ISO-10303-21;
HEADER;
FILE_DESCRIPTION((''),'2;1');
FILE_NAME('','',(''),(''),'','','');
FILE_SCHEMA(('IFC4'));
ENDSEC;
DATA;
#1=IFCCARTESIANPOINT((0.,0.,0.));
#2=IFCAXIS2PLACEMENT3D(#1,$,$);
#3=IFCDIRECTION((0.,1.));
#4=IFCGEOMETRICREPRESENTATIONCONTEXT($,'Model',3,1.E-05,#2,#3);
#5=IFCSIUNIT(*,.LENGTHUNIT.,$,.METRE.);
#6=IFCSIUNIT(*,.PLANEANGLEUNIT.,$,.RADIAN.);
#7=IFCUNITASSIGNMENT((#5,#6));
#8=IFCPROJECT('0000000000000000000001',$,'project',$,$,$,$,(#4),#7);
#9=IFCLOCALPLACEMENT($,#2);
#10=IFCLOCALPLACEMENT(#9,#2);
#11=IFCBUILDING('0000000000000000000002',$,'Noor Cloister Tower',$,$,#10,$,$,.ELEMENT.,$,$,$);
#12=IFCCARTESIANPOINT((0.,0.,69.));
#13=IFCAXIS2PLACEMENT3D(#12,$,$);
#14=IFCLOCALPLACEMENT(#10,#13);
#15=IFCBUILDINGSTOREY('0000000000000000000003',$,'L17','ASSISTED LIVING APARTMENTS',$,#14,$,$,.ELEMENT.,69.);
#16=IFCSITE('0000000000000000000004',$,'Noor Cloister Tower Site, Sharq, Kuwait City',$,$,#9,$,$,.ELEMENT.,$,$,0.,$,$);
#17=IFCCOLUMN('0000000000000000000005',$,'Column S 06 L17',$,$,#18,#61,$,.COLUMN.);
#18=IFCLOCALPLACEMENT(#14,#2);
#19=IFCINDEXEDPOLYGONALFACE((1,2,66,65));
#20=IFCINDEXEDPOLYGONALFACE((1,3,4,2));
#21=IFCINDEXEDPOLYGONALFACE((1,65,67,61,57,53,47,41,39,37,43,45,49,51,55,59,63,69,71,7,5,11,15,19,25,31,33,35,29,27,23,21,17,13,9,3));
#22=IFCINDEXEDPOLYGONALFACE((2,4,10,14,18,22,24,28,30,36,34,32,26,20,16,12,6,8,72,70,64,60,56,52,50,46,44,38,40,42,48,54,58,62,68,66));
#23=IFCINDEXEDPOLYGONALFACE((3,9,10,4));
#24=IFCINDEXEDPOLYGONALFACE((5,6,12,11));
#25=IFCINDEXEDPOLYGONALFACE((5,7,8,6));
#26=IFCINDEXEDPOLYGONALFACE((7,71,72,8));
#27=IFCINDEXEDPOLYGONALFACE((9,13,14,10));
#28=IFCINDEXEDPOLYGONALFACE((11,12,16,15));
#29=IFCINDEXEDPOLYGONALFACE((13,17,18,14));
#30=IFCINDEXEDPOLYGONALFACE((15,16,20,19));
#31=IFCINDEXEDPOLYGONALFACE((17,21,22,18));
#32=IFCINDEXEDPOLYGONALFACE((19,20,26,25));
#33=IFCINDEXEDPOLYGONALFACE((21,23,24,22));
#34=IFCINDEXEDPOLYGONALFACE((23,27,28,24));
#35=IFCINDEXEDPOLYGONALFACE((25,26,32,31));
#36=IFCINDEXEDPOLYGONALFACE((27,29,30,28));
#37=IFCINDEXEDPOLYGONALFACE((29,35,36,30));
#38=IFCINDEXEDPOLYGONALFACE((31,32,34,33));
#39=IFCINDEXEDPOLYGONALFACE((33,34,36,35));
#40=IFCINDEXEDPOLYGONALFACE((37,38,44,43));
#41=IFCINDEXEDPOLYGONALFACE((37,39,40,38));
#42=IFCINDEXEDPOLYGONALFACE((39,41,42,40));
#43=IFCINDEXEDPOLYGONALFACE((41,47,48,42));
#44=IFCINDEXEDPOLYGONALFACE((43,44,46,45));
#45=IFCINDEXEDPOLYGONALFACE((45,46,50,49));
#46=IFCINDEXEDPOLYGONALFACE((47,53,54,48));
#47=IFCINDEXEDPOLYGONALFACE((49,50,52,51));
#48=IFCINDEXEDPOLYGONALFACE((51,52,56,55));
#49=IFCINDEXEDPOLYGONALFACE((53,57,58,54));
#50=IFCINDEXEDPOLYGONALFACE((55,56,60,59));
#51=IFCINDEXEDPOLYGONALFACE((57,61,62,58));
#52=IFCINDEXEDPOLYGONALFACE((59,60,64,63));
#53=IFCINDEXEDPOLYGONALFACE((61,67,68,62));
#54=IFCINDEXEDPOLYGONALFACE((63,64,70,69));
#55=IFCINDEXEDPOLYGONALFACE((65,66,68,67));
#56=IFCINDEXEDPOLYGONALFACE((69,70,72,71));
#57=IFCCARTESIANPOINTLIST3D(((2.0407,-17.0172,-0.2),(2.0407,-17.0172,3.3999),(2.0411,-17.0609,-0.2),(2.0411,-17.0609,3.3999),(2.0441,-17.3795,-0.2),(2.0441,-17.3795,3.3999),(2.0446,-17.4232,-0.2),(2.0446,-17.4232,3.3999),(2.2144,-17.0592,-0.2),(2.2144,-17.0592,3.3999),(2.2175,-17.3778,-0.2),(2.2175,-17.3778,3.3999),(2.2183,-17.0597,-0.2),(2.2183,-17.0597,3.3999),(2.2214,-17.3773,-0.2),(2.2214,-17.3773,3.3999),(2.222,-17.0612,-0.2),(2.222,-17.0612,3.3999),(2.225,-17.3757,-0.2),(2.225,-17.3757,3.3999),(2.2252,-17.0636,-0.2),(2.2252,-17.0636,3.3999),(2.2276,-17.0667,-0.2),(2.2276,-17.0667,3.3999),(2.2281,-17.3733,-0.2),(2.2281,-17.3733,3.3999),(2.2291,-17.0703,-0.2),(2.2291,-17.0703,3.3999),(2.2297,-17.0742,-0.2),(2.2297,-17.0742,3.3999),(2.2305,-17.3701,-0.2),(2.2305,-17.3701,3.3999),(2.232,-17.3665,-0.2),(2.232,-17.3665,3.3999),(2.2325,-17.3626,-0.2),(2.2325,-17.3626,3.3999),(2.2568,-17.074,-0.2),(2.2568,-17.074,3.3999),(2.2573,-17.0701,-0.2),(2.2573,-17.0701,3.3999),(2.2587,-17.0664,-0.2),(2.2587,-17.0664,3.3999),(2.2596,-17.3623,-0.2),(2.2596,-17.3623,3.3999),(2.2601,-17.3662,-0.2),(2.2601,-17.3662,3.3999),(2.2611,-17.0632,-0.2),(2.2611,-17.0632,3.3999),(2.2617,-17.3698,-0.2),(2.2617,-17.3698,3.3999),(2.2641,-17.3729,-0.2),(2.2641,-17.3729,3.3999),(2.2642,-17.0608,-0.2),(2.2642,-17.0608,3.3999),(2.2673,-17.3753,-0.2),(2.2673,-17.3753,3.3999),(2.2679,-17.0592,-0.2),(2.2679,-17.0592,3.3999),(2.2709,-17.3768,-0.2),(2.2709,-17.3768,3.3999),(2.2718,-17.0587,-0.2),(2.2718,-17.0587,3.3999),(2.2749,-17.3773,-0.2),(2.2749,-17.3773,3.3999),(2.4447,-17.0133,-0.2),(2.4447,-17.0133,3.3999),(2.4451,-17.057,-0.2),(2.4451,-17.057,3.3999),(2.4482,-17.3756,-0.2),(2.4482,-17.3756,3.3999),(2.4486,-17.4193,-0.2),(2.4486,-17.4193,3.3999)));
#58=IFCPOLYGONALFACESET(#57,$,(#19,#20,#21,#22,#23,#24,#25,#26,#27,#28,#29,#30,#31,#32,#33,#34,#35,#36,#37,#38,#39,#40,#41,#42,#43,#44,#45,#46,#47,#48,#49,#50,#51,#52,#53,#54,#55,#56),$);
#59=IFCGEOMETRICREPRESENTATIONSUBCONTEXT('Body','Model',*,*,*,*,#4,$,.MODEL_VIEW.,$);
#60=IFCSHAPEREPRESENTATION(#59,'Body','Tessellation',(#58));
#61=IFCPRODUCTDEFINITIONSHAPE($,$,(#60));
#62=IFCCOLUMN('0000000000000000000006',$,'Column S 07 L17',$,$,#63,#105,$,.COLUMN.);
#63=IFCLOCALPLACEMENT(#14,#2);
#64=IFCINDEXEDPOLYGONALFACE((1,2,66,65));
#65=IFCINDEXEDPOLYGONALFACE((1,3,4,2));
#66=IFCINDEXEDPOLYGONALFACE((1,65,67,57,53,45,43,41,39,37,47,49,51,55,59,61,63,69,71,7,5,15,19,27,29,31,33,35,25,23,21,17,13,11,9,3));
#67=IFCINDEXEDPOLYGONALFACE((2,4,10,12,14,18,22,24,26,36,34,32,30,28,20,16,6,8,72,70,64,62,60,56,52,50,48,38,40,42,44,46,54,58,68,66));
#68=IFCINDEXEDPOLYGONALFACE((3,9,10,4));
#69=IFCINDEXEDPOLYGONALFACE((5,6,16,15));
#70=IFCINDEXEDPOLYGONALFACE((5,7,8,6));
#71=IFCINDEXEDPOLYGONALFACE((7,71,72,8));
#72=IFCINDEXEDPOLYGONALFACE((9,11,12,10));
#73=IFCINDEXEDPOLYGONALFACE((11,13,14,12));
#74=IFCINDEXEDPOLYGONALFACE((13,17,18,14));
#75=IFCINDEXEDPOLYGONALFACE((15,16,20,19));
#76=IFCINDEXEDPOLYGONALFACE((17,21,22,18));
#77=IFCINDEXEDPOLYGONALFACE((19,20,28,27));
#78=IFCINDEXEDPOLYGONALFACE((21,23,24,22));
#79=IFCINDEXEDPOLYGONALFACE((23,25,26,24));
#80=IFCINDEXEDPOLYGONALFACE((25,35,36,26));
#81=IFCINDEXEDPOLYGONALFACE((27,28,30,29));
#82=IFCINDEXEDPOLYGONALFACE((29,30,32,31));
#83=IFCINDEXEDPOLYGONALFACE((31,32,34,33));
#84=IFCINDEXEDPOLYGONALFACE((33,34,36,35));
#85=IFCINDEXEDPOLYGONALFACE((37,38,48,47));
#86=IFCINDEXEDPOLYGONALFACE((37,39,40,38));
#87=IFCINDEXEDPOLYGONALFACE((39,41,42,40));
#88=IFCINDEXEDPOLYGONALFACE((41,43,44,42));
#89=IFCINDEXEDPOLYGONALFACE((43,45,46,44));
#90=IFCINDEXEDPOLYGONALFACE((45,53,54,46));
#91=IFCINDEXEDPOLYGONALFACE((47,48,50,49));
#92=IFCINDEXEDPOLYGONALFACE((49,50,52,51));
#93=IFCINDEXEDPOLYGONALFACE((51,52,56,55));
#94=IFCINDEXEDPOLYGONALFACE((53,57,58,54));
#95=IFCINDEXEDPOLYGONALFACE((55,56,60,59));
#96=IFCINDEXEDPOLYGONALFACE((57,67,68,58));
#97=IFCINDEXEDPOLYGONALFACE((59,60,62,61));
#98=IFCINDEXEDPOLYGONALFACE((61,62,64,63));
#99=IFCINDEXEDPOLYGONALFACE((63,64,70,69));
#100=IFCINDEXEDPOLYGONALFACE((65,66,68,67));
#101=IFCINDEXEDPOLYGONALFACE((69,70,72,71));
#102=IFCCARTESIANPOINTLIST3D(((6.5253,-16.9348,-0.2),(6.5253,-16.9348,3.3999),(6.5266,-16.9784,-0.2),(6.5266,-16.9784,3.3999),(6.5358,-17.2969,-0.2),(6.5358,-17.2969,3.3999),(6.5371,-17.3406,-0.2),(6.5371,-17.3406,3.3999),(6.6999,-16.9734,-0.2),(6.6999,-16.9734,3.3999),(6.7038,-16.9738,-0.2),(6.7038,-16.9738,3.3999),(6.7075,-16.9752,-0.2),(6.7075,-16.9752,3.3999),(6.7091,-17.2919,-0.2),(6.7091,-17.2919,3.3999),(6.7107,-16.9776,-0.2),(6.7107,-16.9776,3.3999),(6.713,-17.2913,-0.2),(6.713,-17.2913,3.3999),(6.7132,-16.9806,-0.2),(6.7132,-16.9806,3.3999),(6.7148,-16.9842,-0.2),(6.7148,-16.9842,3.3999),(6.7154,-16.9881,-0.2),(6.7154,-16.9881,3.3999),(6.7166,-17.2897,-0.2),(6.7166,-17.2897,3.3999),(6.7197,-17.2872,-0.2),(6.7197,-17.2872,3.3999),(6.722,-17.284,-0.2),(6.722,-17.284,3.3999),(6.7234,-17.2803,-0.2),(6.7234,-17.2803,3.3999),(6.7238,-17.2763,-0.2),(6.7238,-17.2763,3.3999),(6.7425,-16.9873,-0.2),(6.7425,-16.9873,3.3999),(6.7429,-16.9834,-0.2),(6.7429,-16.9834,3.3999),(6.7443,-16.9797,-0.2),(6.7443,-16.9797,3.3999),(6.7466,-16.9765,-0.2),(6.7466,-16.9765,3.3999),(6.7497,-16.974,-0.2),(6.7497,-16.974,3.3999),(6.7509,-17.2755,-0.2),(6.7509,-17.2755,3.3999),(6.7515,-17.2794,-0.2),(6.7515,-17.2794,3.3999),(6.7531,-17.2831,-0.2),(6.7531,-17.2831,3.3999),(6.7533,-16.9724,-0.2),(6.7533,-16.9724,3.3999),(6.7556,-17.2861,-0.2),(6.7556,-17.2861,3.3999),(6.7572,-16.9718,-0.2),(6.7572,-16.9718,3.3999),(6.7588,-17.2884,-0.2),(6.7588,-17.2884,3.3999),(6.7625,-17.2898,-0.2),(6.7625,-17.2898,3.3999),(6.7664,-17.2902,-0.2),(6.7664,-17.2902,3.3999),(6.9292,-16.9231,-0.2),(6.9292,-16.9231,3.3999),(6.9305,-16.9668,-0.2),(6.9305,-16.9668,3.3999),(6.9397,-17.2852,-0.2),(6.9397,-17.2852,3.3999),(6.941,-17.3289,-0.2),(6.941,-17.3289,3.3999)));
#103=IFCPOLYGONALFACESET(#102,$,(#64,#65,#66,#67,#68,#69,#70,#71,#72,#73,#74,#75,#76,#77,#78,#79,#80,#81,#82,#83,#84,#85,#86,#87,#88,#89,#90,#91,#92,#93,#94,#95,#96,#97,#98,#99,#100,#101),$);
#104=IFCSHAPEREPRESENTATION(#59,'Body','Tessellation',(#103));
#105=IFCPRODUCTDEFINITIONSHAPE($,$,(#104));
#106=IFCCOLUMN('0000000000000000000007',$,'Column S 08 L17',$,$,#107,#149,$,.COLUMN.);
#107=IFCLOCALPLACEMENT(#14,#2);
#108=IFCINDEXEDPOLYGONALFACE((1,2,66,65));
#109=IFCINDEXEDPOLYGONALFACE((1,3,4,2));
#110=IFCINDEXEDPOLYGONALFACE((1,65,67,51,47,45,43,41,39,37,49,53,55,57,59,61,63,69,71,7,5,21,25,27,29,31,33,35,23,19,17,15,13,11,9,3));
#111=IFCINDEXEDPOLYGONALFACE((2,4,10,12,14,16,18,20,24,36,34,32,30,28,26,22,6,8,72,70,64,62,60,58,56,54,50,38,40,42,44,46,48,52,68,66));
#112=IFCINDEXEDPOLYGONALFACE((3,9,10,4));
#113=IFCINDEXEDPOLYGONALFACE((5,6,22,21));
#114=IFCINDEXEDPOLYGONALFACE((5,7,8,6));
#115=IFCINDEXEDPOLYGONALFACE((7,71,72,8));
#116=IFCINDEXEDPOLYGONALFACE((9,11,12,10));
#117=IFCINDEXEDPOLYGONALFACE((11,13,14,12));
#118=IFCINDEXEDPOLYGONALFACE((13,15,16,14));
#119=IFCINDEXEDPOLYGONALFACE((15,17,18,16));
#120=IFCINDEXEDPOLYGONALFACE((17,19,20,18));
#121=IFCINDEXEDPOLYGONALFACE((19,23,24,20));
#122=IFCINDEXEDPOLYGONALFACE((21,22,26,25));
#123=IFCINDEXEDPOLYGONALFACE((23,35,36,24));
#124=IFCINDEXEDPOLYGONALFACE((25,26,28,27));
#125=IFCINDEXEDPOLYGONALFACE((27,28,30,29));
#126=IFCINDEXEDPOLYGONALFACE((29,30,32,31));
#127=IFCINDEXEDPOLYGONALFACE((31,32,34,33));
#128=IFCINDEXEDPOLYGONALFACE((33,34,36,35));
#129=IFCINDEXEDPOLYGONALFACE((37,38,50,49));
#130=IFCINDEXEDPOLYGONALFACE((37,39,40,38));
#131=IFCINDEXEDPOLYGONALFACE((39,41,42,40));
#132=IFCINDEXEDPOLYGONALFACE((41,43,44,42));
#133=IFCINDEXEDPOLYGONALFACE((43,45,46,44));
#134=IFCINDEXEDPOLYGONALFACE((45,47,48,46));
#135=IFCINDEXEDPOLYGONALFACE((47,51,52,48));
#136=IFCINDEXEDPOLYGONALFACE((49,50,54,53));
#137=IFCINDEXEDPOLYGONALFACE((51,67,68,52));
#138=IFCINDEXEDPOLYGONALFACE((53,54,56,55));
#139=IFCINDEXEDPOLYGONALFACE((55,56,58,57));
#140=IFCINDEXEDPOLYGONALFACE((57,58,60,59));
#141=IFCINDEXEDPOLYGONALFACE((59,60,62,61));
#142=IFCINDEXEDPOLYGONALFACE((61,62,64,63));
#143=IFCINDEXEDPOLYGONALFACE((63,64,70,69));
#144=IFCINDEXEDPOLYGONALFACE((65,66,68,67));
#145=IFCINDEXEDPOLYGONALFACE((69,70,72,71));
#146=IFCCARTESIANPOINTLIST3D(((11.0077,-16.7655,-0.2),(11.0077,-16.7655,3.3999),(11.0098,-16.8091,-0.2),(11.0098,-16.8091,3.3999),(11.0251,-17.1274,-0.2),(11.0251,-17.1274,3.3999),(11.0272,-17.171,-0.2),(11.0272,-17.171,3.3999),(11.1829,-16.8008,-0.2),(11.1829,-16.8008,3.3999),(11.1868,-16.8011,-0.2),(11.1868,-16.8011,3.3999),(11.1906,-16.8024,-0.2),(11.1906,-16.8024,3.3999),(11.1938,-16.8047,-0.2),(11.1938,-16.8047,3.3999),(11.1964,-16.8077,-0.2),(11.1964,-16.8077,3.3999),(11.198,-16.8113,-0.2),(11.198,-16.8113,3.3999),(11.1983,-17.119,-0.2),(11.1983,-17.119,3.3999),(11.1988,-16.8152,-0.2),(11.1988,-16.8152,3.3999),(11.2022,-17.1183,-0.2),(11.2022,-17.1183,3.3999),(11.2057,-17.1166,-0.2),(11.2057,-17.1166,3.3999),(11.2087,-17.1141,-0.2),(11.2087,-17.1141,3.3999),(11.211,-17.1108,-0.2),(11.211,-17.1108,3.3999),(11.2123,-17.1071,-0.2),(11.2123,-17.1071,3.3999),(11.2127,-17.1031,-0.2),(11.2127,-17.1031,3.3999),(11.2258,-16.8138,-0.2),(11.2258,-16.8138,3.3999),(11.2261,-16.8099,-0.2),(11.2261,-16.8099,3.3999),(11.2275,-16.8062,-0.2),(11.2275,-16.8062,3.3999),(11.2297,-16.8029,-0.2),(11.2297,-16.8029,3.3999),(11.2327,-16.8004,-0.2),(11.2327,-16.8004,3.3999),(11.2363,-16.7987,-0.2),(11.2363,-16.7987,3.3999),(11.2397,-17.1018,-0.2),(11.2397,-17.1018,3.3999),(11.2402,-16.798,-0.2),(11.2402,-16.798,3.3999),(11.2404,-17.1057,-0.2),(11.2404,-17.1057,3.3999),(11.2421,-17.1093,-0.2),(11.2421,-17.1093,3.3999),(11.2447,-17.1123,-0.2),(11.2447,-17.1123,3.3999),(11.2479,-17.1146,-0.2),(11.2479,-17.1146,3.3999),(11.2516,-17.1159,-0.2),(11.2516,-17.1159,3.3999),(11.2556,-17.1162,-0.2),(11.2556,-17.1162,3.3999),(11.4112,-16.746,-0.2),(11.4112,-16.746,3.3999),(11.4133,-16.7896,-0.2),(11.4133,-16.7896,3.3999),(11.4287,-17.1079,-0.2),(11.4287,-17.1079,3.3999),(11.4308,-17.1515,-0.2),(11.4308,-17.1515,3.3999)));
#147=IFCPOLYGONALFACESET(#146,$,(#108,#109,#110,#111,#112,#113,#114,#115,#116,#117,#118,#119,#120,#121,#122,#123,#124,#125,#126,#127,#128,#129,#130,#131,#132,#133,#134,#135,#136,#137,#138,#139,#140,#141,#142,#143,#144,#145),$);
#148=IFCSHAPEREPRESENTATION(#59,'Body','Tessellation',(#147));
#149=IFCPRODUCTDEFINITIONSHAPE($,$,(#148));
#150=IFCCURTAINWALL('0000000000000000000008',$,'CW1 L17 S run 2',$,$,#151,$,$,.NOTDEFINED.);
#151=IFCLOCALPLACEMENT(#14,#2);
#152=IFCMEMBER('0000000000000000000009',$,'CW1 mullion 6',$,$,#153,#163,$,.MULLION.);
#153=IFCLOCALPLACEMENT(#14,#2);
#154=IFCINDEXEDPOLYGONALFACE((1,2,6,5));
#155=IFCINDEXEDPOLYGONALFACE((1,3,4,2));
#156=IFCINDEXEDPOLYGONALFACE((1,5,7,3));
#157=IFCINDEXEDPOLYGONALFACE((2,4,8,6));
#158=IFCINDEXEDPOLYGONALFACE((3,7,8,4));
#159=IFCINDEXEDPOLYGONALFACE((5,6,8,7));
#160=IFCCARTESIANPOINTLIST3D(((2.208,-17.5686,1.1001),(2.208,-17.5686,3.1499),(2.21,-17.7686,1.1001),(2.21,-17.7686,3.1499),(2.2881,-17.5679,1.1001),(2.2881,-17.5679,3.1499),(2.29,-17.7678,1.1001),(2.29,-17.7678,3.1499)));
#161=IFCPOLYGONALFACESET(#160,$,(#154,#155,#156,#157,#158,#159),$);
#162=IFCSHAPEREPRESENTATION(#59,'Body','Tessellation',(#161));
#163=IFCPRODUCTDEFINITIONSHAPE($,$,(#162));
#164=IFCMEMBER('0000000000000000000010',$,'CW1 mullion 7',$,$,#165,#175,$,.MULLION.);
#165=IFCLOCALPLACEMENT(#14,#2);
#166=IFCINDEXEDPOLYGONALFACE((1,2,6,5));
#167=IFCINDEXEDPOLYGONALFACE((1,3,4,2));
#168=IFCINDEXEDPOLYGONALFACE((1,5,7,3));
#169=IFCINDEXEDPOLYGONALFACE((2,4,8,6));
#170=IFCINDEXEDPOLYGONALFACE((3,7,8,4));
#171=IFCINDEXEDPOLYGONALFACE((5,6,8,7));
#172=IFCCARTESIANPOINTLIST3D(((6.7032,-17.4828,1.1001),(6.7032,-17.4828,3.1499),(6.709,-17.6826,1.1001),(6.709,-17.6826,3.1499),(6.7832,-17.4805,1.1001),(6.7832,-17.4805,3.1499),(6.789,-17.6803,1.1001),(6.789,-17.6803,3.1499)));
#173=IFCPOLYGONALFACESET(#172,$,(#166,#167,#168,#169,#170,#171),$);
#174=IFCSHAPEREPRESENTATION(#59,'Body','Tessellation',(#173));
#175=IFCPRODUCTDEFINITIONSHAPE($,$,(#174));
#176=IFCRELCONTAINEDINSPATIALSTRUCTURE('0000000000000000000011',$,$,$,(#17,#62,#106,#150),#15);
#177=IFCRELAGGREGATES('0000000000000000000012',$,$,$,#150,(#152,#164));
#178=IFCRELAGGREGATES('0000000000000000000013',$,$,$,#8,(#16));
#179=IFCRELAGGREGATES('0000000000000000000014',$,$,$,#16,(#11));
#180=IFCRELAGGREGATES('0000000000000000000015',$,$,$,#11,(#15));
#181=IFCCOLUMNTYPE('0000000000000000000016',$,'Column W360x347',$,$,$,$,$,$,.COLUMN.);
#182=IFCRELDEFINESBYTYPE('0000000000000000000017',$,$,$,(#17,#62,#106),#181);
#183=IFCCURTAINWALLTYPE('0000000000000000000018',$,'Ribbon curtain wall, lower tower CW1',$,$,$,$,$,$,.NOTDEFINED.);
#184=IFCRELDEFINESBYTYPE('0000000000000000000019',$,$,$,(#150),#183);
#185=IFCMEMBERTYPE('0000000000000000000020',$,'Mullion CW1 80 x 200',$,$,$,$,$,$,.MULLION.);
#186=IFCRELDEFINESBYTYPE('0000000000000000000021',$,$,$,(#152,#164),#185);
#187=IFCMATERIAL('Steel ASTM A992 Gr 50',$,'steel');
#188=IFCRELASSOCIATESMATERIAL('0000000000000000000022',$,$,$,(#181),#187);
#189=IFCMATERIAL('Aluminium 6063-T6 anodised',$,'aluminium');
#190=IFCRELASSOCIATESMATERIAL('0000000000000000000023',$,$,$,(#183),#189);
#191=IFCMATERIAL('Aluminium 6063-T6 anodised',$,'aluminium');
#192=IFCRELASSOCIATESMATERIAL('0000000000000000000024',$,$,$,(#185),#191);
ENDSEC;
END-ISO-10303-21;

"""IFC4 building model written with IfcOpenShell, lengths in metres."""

from ifc_helpers import new_model, si_unit, direction, frame, origin, origin_2d, place, context, subcontext, project, spatial, rectangle, i_section, extrude, material, material_profile, profile_set, type_object, element, aggregate, save


model = new_model("IFC4")

# Units and contexts
model_context = context("Model", 3, precision=1e-05, world=origin(), true_north=direction((0.0, 1.0)))
body_context = subcontext(model_context, "Body", "Model", "MODEL_VIEW")
ifc_project = project(units=[si_unit("LENGTHUNIT", "METRE"), si_unit("PLANEANGLEUNIT", "RADIAN")], contexts=[model_context])

# Site, building, storey
site_placement = place(None, origin())
site = spatial("IfcSite", under=ifc_project, at=site_placement, Name="Noor Cloister Tower Site, Sharq, Kuwait City", CompositionType="ELEMENT", RefElevation=0.0)
building_placement = place(site_placement, origin())
building = spatial("IfcBuilding", under=site, at=building_placement, Name="Noor Cloister Tower", CompositionType="ELEMENT")
storey_placement = place(building_placement, frame((0.0, 0.0, 69.0)))
storey = spatial("IfcBuildingStorey", under=building, at=storey_placement, Name="L17", Description="ASSISTED LIVING APARTMENTS", CompositionType="ELEMENT", Elevation=69.0)

# Columns
ifc_material_1 = material(Name="Steel ASTM A992 Gr 50", Category="steel")
ifc_material_profile_1 = material_profile(ifc_material_1, i_section(OverallWidth=0.4041, OverallDepth=0.406, WebThickness=0.0271, FlangeThickness=0.0437, FilletRadius=0.0151, at=origin_2d()), Name="W360x347")
ifc_profile_set_1 = profile_set([ifc_material_profile_1], Name="Steel ASTM A992 Gr 50")
column_type = type_object("IfcColumnType", Name="Column W360x347", PredefinedType="COLUMN", material=ifc_profile_set_1)
for number, where, z_axis, x_axis, name in (
    (1, (2.2446, -17.2183, -0.2), (0.0, 0.0, 1.0), (0.999953, 0.009646, 0.0), "Column S 06 L17"),
    (2, (6.7332, -17.1318, -0.2), (0.0, 0.0, 1.0), (0.999581, 0.028934, 0.0), "Column S 07 L17"),
    (3, (11.2192, -16.9585, -0.2), (0.0, 0.0, 1.0), (0.998837, 0.048212, 0.0), "Column S 08 L17"),
):
    element("IfcColumn", number, at=place(storey_placement, frame(where, z_axis=z_axis, x_axis=x_axis)), inside=storey, type_object=column_type, Name=name, PredefinedType="COLUMN", context=body_context, shape_type="SweptSolid", body=[
        extrude(i_section(OverallWidth=0.4041, OverallDepth=0.406, WebThickness=0.0271, FlangeThickness=0.0437, FilletRadius=0.0151, at=origin_2d()), origin(), (0.0, 0.0, 1.0), 3.5999),
    ])

# Curtain wall, members
ifc_material_2 = material(Name="Aluminium 6063-T6 anodised", Category="aluminium")
curtain_wall_type = type_object("IfcCurtainWallType", Name="Ribbon curtain wall, lower tower CW1", PredefinedType="NOTDEFINED", material=ifc_material_2)
curtain_wall_placement = place(storey_placement, origin())
curtain_wall = element("IfcCurtainWall", 4, at=curtain_wall_placement, inside=storey, type_object=curtain_wall_type, Name="CW1 L17 S run 2", PredefinedType="NOTDEFINED")
ifc_material_3 = material(Name="Aluminium 6063-T6 anodised", Category="aluminium")
ifc_material_profile_2 = material_profile(ifc_material_3, rectangle(XDim=0.2, YDim=0.0801, at=origin_2d()), Name="200 x 80 mullion")
ifc_profile_set_2 = profile_set([ifc_material_profile_2], Name="Aluminium 6063-T6 anodised")
member_type = type_object("IfcMemberType", Name="Mullion CW1 80 x 200", PredefinedType="MULLION", material=ifc_profile_set_2)
member_1_placement = place(storey_placement, frame((2.249, -17.6682, 1.1001), z_axis=(0.0, 0.0, 1.0), x_axis=(-0.009646, 0.999953, 0.0)))
member_1 = element("IfcMember", 5, at=member_1_placement, type_object=member_type, Name="CW1 mullion 6", PredefinedType="MULLION", context=body_context, shape_type="SweptSolid", body=[
    extrude(rectangle(XDim=0.2, YDim=0.0801, at=origin_2d()), origin(), (0.0, 0.0, 1.0), 2.0498),
])
member_2_placement = place(storey_placement, frame((6.7461, -17.5815, 1.1001), z_axis=(0.0, 0.0, 1.0), x_axis=(-0.028934, 0.999581, 0.0)))
member_2 = element("IfcMember", 6, at=member_2_placement, type_object=member_type, Name="CW1 mullion 7", PredefinedType="MULLION", context=body_context, shape_type="SweptSolid", body=[
    extrude(rectangle(XDim=0.2, YDim=0.0801, at=origin_2d()), origin(), (0.0, 0.0, 1.0), 2.0498),
])

aggregate(curtain_wall, [member_1, member_2])

save(model, "model.ifc")
